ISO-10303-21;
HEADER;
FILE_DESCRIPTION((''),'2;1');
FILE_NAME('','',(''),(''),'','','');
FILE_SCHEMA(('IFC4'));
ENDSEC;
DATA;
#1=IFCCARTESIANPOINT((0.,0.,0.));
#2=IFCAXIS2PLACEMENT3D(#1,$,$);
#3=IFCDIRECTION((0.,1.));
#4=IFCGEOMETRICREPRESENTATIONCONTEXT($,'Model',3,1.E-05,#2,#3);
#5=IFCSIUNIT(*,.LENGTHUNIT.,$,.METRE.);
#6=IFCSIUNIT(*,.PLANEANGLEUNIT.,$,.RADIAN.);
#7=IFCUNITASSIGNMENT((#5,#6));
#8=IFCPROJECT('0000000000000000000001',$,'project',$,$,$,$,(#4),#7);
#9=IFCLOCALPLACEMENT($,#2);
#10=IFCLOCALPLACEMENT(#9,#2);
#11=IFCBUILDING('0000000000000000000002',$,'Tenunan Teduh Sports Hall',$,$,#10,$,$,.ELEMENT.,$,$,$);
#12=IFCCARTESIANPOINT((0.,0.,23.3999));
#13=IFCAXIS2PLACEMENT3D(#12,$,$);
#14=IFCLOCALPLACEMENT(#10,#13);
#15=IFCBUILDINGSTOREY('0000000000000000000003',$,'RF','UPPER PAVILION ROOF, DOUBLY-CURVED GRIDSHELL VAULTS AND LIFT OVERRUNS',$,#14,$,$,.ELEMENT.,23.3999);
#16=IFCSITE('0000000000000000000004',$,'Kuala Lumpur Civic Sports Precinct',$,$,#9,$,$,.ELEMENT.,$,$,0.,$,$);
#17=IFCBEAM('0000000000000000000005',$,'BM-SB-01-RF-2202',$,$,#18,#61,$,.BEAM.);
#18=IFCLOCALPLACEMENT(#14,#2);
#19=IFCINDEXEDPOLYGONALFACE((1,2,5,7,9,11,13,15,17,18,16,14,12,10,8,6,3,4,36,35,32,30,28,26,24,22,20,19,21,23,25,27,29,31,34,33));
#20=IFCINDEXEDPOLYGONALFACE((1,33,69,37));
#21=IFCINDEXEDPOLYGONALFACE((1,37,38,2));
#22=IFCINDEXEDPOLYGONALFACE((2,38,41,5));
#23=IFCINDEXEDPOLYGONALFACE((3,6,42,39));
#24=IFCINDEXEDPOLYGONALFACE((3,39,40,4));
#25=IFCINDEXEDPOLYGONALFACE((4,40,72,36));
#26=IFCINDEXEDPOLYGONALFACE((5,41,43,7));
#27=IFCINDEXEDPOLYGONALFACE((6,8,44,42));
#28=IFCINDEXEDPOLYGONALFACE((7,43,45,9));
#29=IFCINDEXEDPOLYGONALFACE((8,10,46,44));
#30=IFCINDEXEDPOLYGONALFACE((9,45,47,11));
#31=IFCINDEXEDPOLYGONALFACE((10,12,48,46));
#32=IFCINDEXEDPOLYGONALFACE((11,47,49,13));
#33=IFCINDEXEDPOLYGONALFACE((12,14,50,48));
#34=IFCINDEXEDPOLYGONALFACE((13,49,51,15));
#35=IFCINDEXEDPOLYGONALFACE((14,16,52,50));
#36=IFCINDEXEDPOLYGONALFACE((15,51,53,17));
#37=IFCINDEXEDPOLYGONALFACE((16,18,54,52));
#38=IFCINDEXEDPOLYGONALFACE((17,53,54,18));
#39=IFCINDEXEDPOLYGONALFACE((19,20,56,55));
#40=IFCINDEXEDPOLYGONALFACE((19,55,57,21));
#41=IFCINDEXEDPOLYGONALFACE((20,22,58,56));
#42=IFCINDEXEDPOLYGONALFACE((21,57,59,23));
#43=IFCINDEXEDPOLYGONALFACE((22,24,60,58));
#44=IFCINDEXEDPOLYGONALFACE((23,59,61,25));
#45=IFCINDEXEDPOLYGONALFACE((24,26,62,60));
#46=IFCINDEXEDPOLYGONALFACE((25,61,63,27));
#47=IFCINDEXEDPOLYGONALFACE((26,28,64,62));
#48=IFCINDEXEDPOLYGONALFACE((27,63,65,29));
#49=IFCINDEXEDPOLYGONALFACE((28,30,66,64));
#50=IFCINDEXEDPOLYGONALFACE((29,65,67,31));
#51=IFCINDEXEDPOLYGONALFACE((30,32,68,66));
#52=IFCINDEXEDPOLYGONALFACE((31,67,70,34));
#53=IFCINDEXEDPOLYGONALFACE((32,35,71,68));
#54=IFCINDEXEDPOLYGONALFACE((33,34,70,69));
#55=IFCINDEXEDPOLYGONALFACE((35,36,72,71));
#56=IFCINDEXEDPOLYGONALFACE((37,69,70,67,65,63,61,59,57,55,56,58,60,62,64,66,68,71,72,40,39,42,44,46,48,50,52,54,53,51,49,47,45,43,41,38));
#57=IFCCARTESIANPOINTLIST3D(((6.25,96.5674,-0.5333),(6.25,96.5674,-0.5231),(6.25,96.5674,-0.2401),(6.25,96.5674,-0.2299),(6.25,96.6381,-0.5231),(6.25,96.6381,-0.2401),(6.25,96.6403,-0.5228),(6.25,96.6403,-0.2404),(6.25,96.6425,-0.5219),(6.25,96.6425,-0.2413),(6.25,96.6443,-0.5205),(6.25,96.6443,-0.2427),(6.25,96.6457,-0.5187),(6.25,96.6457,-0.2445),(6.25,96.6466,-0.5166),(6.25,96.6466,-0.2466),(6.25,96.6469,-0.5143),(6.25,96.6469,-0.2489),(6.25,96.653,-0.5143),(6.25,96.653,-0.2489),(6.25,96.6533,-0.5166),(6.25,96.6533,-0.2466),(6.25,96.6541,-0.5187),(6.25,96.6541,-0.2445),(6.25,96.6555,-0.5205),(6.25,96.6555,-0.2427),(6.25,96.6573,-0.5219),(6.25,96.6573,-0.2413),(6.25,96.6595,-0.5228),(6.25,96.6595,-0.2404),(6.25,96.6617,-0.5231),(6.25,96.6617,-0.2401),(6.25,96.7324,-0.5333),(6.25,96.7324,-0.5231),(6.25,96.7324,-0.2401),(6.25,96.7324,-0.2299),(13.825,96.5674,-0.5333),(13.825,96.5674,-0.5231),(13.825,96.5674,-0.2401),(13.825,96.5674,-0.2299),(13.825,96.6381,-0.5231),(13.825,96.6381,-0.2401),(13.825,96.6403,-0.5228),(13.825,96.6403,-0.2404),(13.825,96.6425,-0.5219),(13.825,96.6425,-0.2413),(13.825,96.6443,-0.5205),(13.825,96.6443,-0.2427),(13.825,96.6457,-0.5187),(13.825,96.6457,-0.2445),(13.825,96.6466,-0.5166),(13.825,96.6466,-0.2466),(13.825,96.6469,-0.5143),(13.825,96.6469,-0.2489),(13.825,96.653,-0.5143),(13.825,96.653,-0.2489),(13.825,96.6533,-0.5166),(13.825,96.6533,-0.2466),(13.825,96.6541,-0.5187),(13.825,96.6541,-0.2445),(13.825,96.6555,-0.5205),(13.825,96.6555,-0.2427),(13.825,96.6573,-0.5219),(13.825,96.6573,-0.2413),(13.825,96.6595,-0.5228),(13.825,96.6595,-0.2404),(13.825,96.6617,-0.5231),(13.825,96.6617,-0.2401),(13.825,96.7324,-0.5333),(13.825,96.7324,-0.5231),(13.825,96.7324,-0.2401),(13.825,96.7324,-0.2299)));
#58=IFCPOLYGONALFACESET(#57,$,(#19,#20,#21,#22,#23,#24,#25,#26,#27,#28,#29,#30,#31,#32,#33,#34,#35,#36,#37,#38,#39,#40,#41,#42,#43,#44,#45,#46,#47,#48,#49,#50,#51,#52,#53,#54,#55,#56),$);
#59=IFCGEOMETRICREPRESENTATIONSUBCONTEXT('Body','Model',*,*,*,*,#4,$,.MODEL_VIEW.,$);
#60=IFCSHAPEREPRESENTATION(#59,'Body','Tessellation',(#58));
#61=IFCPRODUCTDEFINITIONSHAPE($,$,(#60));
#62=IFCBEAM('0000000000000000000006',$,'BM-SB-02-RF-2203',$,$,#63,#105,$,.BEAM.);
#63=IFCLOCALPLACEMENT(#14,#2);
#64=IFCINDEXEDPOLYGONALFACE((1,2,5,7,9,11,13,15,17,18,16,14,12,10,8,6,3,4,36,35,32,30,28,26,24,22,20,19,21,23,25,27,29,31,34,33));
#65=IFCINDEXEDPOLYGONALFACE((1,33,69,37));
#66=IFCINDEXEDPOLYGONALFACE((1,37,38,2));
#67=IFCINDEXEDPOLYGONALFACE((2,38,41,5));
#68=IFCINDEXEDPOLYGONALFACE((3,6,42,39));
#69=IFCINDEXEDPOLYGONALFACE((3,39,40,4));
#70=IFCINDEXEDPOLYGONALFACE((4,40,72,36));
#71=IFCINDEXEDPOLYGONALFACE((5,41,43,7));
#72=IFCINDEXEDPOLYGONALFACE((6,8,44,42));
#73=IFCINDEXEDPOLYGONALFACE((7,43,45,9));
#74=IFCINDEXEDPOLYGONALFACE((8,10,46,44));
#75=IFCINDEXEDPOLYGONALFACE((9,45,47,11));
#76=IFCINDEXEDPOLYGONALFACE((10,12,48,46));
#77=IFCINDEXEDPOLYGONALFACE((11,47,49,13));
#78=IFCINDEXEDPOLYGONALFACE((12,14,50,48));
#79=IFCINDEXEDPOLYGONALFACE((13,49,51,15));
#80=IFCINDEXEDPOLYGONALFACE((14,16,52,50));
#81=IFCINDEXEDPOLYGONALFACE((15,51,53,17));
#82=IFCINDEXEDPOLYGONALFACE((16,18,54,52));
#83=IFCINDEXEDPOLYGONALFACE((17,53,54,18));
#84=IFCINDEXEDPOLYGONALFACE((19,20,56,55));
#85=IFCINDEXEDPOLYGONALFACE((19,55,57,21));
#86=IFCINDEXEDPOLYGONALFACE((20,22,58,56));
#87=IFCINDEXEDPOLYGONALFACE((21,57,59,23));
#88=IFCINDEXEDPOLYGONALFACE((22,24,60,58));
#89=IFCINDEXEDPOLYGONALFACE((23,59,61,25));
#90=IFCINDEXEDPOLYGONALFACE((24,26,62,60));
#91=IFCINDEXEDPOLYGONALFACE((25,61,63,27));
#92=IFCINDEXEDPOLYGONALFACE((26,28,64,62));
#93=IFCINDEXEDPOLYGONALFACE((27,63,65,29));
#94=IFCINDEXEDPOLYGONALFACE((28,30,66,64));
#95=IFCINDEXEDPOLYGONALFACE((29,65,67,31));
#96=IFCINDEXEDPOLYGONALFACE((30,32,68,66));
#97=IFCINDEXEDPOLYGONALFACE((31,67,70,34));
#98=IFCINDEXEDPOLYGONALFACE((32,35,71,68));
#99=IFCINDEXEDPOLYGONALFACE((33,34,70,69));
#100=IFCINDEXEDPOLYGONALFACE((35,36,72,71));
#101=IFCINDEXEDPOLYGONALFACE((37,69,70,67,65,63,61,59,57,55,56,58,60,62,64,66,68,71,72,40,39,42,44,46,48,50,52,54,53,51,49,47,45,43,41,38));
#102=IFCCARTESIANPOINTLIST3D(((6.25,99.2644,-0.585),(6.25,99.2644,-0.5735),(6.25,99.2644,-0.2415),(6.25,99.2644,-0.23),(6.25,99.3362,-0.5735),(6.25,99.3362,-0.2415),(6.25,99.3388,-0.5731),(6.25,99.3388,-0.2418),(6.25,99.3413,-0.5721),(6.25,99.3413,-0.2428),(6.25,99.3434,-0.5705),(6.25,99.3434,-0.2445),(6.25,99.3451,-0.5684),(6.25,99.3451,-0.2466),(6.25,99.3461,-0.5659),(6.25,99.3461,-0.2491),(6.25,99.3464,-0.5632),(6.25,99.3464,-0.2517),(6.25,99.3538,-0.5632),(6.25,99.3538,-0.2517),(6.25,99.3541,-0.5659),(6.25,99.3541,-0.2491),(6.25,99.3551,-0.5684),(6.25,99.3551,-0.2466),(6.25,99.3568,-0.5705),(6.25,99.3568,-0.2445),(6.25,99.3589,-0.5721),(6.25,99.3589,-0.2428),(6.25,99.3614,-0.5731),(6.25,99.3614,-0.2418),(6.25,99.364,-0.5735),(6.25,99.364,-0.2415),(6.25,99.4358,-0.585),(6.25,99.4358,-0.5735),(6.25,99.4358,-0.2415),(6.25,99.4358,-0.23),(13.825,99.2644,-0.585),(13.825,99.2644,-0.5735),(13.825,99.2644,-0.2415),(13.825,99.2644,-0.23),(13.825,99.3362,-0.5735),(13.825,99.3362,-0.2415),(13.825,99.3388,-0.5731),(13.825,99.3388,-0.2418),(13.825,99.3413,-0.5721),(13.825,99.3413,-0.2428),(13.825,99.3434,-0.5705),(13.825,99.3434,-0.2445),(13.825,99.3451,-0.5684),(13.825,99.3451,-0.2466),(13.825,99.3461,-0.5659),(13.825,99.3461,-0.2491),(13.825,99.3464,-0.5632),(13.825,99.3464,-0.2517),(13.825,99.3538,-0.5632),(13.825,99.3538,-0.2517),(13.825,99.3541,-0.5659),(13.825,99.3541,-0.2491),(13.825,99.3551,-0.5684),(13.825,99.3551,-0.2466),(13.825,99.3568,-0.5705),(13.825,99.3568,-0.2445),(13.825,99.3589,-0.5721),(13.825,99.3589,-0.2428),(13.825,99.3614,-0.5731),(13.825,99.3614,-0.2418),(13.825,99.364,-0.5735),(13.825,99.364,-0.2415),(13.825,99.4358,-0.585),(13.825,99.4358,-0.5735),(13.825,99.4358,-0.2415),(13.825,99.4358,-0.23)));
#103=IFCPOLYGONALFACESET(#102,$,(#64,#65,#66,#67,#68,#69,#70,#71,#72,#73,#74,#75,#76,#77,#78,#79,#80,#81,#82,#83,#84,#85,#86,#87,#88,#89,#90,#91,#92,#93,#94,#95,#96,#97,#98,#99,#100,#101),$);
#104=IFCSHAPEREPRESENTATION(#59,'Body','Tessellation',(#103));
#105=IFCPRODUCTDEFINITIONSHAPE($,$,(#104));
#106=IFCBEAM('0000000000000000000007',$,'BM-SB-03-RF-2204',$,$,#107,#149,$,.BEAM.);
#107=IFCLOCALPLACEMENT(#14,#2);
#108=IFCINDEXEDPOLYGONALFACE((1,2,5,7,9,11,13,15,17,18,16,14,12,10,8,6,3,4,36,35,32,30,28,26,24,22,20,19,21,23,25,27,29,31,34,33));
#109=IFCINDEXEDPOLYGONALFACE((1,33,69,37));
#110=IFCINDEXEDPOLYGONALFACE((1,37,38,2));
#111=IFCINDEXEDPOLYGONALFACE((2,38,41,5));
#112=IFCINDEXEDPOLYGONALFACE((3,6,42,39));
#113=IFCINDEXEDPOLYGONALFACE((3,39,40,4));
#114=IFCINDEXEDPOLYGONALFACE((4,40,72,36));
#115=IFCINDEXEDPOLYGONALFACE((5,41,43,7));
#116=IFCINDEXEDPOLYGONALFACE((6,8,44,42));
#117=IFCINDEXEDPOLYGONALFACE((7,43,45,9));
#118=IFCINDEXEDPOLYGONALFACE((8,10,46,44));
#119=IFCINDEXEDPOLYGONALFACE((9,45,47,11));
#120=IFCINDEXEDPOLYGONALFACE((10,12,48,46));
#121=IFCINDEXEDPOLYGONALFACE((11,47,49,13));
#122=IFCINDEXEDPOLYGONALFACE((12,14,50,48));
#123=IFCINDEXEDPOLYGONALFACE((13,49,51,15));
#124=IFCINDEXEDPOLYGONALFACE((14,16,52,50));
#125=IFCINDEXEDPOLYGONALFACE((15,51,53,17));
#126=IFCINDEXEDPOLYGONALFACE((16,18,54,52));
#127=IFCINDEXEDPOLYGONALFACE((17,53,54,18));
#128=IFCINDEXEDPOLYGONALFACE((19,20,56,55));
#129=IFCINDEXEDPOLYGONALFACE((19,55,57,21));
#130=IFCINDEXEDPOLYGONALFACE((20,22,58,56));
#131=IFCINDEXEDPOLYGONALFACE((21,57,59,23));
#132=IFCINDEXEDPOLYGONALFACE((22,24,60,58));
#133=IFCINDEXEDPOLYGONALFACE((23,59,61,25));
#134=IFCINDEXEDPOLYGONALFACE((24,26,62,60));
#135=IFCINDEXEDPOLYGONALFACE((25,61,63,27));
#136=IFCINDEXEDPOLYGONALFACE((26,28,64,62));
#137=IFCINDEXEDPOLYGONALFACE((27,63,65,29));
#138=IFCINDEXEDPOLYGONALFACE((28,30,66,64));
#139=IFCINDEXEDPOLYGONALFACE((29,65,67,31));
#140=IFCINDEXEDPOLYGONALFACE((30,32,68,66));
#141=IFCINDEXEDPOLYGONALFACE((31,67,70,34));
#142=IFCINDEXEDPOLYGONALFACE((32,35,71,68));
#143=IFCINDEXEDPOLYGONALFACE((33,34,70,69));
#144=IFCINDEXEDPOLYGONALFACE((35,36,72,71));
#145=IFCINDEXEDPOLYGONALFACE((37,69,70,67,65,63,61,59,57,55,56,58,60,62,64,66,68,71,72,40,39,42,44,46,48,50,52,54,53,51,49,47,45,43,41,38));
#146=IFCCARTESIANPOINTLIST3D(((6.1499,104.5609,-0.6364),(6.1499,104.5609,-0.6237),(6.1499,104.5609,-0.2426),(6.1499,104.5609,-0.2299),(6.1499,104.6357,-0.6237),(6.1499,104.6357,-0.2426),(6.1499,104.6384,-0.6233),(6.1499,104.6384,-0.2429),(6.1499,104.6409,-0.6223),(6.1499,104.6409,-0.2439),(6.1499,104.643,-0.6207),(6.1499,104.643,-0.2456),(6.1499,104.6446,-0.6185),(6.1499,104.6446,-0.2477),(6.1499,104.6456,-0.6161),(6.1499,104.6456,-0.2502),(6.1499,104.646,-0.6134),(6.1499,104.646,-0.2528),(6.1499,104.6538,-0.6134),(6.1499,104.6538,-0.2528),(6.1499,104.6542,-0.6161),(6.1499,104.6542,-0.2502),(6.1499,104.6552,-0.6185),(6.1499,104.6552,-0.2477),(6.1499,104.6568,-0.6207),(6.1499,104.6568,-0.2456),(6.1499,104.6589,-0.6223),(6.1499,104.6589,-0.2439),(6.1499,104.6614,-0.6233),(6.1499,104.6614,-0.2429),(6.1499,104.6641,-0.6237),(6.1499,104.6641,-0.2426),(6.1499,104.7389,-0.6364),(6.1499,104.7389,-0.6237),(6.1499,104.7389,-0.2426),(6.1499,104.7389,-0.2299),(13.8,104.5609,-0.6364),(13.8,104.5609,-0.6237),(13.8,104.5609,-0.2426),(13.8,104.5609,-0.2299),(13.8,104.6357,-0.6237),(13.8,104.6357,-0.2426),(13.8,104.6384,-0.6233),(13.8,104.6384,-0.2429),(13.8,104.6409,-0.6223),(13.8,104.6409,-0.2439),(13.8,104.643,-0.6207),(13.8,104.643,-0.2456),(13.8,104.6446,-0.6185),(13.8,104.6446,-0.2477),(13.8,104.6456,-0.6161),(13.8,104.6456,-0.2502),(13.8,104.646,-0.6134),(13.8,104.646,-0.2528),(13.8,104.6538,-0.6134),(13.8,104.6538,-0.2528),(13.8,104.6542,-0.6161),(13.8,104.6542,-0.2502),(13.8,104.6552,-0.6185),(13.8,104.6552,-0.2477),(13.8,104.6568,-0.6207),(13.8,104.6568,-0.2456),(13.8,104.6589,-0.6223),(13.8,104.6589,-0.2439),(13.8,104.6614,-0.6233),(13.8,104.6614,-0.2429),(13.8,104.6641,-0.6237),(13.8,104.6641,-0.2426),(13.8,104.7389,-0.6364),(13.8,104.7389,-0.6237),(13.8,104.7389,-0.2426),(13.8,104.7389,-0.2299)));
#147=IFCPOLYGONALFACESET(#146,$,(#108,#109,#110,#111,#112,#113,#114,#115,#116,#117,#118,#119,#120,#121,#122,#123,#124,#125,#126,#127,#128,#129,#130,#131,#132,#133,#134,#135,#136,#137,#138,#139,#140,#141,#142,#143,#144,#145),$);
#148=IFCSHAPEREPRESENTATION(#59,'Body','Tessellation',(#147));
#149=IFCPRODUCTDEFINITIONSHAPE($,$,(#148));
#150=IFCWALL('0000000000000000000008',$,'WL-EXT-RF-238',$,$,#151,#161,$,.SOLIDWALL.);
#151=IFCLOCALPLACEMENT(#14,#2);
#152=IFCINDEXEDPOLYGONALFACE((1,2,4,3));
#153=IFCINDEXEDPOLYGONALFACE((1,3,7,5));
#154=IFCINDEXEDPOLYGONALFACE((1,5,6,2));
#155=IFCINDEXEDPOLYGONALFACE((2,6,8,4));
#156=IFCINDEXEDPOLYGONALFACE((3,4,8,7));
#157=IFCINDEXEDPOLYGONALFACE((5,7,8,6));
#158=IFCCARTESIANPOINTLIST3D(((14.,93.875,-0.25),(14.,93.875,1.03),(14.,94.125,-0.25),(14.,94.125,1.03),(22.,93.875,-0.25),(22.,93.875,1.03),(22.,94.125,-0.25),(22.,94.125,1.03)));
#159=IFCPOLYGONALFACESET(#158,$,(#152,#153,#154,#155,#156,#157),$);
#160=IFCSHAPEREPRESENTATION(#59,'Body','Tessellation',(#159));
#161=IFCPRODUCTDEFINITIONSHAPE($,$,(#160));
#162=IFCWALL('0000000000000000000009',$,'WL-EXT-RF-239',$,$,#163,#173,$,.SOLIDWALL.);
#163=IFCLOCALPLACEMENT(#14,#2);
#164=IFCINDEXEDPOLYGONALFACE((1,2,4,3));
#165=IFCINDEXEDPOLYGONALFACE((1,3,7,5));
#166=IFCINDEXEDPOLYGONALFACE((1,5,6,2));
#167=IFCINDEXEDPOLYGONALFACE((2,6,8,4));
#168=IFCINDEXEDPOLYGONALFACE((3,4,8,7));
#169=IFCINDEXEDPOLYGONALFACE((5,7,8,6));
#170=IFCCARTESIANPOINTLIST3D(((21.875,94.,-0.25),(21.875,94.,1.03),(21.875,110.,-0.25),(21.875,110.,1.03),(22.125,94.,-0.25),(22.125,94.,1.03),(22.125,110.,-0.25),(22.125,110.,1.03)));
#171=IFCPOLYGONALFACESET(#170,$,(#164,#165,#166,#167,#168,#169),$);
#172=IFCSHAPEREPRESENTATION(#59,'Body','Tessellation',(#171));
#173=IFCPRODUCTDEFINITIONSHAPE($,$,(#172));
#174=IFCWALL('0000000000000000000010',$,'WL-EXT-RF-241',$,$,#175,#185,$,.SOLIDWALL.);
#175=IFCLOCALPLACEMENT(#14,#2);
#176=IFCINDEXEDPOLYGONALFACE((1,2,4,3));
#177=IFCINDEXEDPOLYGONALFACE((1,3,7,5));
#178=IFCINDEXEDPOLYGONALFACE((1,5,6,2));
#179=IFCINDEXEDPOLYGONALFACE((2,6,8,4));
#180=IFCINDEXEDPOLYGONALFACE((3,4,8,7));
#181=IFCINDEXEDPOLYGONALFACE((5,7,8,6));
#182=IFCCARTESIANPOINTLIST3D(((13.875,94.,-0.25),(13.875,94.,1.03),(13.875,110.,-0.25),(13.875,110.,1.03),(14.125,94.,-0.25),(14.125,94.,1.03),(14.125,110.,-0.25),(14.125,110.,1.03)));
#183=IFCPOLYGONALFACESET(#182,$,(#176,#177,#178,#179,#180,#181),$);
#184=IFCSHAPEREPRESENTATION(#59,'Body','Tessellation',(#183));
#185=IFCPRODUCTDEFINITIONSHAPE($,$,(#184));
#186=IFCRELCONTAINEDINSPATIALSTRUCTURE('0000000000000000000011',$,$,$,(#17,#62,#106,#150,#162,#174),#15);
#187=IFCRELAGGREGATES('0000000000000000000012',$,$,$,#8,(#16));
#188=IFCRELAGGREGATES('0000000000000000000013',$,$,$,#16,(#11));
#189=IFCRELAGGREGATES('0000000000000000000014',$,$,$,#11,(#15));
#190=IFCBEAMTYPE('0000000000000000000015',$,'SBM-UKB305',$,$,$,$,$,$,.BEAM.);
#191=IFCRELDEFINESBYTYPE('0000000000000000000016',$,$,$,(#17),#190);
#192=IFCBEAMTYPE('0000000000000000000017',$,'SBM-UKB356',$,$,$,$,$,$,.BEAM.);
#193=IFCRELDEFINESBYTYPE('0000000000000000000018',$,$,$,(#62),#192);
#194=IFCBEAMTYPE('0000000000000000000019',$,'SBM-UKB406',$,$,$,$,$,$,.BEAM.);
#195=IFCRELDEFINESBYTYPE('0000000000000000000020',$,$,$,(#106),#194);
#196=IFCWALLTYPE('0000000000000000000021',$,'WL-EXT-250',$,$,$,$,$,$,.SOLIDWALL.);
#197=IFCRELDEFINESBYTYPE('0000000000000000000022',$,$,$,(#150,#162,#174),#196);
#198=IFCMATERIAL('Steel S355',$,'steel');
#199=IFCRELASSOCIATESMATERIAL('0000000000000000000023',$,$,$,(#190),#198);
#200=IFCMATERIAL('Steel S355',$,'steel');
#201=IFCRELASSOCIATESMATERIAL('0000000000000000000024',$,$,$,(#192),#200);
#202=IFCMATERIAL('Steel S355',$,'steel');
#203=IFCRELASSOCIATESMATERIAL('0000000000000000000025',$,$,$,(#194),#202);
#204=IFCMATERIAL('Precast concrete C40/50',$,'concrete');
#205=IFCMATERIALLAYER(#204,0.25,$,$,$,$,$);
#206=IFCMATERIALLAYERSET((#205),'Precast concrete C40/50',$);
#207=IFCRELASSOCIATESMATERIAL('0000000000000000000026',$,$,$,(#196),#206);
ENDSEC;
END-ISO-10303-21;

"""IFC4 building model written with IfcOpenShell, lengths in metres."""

from ifc_helpers import new_model, si_unit, direction, frame, frame_2d, origin, origin_2d, place, context, subcontext, project, spatial, rectangle, i_section, extrude, material, layer, layer_set, material_profile, profile_set, type_object, element, save


model = new_model("IFC4")

# Units and contexts
model_context = context("Model", 3, precision=1e-05, world=origin(), true_north=direction((0.0, 1.0)))
body_context = subcontext(model_context, "Body", "Model", "MODEL_VIEW")
ifc_project = project(units=[si_unit("LENGTHUNIT", "METRE"), si_unit("PLANEANGLEUNIT", "RADIAN")], contexts=[model_context])

# Site, building, storey
site_placement = place(None, origin())
site = spatial("IfcSite", under=ifc_project, at=site_placement, Name="Kuala Lumpur Civic Sports Precinct", CompositionType="ELEMENT", RefElevation=0.0)
building_placement = place(site_placement, origin())
building = spatial("IfcBuilding", under=site, at=building_placement, Name="Tenunan Teduh Sports Hall", CompositionType="ELEMENT")
storey_placement = place(building_placement, frame((0.0, 0.0, 23.3999)))
storey = spatial("IfcBuildingStorey", under=building, at=storey_placement, Name="RF", Description="UPPER PAVILION ROOF, DOUBLY-CURVED GRIDSHELL VAULTS AND LIFT OVERRUNS", CompositionType="ELEMENT", Elevation=23.3999)

# Beams
ifc_material_1 = material(Name="Steel S355", Category="steel")
ifc_material_profile_1 = material_profile(ifc_material_1, i_section(OverallWidth=0.165, OverallDepth=0.3035, WebThickness=0.0061, FlangeThickness=0.0103, FilletRadius=0.0088, at=origin_2d()), Name="UKB 305x165x40")
ifc_profile_set_1 = profile_set([ifc_material_profile_1], Name="Steel S355")
beam_type_1 = type_object("IfcBeamType", Name="SBM-UKB305", PredefinedType="BEAM", material=ifc_profile_set_1)
beam_1_placement = place(storey_placement, frame((6.25, 96.6499, -0.3816), z_axis=(1.0, 0.0, 0.0), x_axis=(0.0, 1.0, 0.0)))
element("IfcBeam", 1, at=beam_1_placement, inside=storey, type_object=beam_type_1, Name="BM-SB-01-RF-2202", PredefinedType="BEAM", context=body_context, shape_type="SweptSolid", body=[
    extrude(i_section(OverallWidth=0.165, OverallDepth=0.3035, WebThickness=0.0061, FlangeThickness=0.0103, FilletRadius=0.0088, at=origin_2d()), origin(), (0.0, 0.0, 1.0), 7.575),
])
ifc_material_2 = material(Name="Steel S355", Category="steel")
ifc_material_profile_2 = material_profile(ifc_material_2, i_section(OverallWidth=0.1714, OverallDepth=0.355, WebThickness=0.0073, FlangeThickness=0.0115, FilletRadius=0.0103, at=origin_2d()), Name="UKB 356x171x51")
ifc_profile_set_2 = profile_set([ifc_material_profile_2], Name="Steel S355")
beam_type_2 = type_object("IfcBeamType", Name="SBM-UKB356", PredefinedType="BEAM", material=ifc_profile_set_2)
beam_2_placement = place(storey_placement, frame((6.25, 99.3501, -0.4075), z_axis=(1.0, 0.0, 0.0), x_axis=(0.0, 1.0, 0.0)))
element("IfcBeam", 2, at=beam_2_placement, inside=storey, type_object=beam_type_2, Name="BM-SB-02-RF-2203", PredefinedType="BEAM", context=body_context, shape_type="SweptSolid", body=[
    extrude(i_section(OverallWidth=0.1714, OverallDepth=0.355, WebThickness=0.0073, FlangeThickness=0.0115, FilletRadius=0.0103, at=origin_2d()), origin(), (0.0, 0.0, 1.0), 7.575),
])
ifc_material_3 = material(Name="Steel S355", Category="steel")
ifc_material_profile_3 = material_profile(ifc_material_3, i_section(OverallWidth=0.178, OverallDepth=0.4065, WebThickness=0.0078, FlangeThickness=0.0127, FilletRadius=0.0103, at=origin_2d()), Name="UKB 406x178x60")
ifc_profile_set_3 = profile_set([ifc_material_profile_3], Name="Steel S355")
beam_type_3 = type_object("IfcBeamType", Name="SBM-UKB406", PredefinedType="BEAM", material=ifc_profile_set_3)
beam_3_placement = place(storey_placement, frame((6.1499, 104.6499, -0.4331), z_axis=(1.0, 0.0, 0.0), x_axis=(0.0, 1.0, 0.0)))
element("IfcBeam", 3, at=beam_3_placement, inside=storey, type_object=beam_type_3, Name="BM-SB-03-RF-2204", PredefinedType="BEAM", context=body_context, shape_type="SweptSolid", body=[
    extrude(i_section(OverallWidth=0.178, OverallDepth=0.4065, WebThickness=0.0078, FlangeThickness=0.0127, FilletRadius=0.0103, at=origin_2d()), origin(), (0.0, 0.0, 1.0), 7.6501),
])

# Walls
ifc_material_4 = material(Name="Precast concrete C40/50", Category="concrete")
ifc_layer = layer(ifc_material_4, 0.25)
ifc_layer_set = layer_set([ifc_layer], Name="Precast concrete C40/50")
wall_type = type_object("IfcWallType", Name="WL-EXT-250", PredefinedType="SOLIDWALL", material=ifc_layer_set)
wall_placement = place(storey_placement, frame((14.0, 94.0, -0.25), z_axis=(0.0, 0.0, 1.0), x_axis=(1.0, 0.0, 0.0)))
element("IfcWall", 4, at=wall_placement, inside=storey, type_object=wall_type, Name="WL-EXT-RF-238", PredefinedType="SOLIDWALL", context=body_context, shape_type="SweptSolid", body=[
    extrude(rectangle(XDim=8.0, YDim=0.25, at=frame_2d((4.0, 0.0))), origin(), (0.0, 0.0, 1.0), 1.28),
])
for number, where, z_axis, x_axis, name in (
    (5, (22.0, 94.0, -0.25), (0.0, 0.0, 1.0), (0.0, 1.0, 0.0), "WL-EXT-RF-239"),
    (6, (14.0, 110.0, -0.25), (0.0, 0.0, 1.0), (0.0, -1.0, 0.0), "WL-EXT-RF-241"),
):
    element("IfcWall", number, at=place(storey_placement, frame(where, z_axis=z_axis, x_axis=x_axis)), inside=storey, type_object=wall_type, Name=name, PredefinedType="SOLIDWALL", context=body_context, shape_type="SweptSolid", body=[
        extrude(rectangle(XDim=16.0, YDim=0.25, at=frame_2d((8.0, 0.0))), origin(), (0.0, 0.0, 1.0), 1.28),
    ])

save(model, "model.ifc")
